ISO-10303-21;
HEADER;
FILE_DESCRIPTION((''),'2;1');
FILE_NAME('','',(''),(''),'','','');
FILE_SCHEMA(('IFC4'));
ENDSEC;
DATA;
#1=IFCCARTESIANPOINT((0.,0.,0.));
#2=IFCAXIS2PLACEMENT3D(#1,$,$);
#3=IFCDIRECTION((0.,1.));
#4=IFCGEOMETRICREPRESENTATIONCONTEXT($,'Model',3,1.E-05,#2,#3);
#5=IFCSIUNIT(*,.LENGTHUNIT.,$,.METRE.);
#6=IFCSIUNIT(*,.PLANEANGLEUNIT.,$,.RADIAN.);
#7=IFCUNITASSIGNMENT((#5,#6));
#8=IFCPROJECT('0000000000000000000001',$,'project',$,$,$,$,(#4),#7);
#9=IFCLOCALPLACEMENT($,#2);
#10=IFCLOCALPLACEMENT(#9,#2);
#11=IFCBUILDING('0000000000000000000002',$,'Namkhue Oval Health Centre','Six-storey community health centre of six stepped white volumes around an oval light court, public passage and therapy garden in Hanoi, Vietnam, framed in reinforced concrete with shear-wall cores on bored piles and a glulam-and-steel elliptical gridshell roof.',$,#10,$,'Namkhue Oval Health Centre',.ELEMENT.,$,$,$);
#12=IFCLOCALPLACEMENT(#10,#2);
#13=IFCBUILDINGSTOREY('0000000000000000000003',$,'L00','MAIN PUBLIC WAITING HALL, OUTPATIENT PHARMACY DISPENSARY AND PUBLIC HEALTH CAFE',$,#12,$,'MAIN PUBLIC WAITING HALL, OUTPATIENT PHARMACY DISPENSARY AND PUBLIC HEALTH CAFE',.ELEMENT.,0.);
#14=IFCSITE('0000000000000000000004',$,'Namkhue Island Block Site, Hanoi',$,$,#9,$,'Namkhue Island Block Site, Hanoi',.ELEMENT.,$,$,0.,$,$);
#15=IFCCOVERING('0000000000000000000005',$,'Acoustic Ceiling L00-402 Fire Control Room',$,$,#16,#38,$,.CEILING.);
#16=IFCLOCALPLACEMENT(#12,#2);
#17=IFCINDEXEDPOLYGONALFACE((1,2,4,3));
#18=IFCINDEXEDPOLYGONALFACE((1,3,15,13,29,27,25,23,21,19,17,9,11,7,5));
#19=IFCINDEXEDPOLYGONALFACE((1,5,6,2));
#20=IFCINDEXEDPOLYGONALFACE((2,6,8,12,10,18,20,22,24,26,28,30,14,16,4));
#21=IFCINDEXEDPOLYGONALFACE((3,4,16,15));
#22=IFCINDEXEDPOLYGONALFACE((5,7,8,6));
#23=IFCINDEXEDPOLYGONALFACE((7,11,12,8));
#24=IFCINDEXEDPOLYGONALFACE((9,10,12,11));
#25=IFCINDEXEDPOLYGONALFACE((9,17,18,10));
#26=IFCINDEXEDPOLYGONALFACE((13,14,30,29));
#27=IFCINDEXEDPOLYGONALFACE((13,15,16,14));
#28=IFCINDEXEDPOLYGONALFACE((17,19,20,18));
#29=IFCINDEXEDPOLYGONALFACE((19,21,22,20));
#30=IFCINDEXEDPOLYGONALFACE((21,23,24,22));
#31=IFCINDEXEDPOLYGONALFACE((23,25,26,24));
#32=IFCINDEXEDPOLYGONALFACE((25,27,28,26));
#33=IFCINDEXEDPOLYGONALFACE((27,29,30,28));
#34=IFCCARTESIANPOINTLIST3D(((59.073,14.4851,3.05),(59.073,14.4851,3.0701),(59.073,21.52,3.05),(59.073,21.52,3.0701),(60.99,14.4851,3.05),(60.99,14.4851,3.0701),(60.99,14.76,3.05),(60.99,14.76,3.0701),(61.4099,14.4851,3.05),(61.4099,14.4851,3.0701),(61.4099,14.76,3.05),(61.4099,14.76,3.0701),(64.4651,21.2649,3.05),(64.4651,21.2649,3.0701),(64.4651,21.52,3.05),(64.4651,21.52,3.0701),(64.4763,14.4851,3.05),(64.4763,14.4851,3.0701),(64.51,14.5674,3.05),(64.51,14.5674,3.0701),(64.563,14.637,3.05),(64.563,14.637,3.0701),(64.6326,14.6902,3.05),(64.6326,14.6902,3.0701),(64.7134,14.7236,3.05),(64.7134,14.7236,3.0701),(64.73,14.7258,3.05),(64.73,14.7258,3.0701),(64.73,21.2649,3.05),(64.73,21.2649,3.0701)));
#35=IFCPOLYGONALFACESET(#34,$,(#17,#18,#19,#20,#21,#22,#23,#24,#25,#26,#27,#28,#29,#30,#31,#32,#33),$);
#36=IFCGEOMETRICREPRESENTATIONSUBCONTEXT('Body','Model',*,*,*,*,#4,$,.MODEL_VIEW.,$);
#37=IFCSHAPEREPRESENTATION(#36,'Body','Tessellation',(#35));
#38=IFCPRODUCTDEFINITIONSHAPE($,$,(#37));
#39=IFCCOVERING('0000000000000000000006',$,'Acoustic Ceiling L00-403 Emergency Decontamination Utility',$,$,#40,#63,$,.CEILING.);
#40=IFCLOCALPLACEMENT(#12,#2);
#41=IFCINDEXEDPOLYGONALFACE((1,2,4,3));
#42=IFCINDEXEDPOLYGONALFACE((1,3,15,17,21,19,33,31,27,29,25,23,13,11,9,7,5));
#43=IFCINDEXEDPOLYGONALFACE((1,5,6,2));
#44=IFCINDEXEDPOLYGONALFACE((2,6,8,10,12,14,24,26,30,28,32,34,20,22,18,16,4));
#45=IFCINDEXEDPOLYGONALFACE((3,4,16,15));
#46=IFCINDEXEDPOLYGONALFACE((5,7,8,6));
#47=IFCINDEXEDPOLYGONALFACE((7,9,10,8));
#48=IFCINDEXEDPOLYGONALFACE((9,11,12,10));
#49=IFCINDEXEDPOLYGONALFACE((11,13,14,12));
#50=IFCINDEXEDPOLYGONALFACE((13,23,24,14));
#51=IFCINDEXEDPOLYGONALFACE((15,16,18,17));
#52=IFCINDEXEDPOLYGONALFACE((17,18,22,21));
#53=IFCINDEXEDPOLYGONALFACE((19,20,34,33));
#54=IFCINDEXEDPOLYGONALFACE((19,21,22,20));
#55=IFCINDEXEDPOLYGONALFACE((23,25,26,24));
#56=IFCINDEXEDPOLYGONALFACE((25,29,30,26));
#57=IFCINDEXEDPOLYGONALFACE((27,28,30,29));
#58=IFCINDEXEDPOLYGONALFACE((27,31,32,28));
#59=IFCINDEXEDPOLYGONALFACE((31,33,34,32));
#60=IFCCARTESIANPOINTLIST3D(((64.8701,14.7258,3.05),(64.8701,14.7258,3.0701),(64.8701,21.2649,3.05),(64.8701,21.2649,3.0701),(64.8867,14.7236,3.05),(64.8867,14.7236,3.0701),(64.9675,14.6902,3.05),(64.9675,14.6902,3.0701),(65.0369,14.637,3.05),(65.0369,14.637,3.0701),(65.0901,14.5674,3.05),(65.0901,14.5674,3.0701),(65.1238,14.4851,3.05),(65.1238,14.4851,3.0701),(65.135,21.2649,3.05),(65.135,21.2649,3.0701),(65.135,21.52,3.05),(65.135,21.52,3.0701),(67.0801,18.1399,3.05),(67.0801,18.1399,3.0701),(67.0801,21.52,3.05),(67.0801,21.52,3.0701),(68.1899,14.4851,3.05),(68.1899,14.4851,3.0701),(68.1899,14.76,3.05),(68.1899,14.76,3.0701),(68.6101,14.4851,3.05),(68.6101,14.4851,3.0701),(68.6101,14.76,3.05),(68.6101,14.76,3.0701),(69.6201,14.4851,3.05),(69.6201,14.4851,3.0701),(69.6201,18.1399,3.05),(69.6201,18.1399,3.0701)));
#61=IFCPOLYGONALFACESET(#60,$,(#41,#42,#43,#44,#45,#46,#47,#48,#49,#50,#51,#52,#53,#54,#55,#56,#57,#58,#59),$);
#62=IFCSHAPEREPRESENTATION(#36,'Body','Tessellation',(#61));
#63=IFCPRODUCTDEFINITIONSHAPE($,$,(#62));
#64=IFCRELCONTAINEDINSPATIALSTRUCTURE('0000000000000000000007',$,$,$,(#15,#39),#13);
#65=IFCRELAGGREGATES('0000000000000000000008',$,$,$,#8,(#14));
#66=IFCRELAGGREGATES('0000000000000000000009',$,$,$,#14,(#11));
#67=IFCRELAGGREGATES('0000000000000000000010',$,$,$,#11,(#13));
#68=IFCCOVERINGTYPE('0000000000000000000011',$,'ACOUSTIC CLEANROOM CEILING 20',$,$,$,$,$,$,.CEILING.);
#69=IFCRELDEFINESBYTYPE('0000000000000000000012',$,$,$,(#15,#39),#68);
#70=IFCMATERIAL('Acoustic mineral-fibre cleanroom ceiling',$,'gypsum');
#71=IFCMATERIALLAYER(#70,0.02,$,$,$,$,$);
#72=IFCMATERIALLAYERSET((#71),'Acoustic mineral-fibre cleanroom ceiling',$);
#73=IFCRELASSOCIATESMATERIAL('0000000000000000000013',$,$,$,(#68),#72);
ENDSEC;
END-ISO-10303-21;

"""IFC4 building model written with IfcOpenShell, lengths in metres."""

from ifc_helpers import new_model, si_unit, direction, frame, origin, place, context, subcontext, project, spatial, polyline, outline, extrude, material, layer, layer_set, type_object, element, save


model = new_model("IFC4")

# Units and contexts
model_context = context("Model", 3, precision=1e-05, world=origin(), true_north=direction((0.0, 1.0)))
body_context = subcontext(model_context, "Body", "Model", "MODEL_VIEW")
ifc_project = project(units=[si_unit("LENGTHUNIT", "METRE"), si_unit("PLANEANGLEUNIT", "RADIAN")], contexts=[model_context])

# Site, building, storey
site_placement = place(None, origin())
site = spatial("IfcSite", under=ifc_project, at=site_placement, Name="Namkhue Island Block Site, Hanoi", LongName="Namkhue Island Block Site, Hanoi", CompositionType="ELEMENT", RefElevation=0.0)
building_placement = place(site_placement, origin())
building = spatial("IfcBuilding", under=site, at=building_placement, Name="Namkhue Oval Health Centre", Description="Six-storey community health centre of six stepped white volumes around an oval light court, public passage and therapy garden in Hanoi, Vietnam, framed in reinforced concrete with shear-wall cores on bored piles and a glulam-and-steel elliptical gridshell roof.", LongName="Namkhue Oval Health Centre", CompositionType="ELEMENT")
storey_placement = place(building_placement, origin())
storey = spatial("IfcBuildingStorey", under=building, at=storey_placement, Name="L00", Description="MAIN PUBLIC WAITING HALL, OUTPATIENT PHARMACY DISPENSARY AND PUBLIC HEALTH CAFE", LongName="MAIN PUBLIC WAITING HALL, OUTPATIENT PHARMACY DISPENSARY AND PUBLIC HEALTH CAFE", CompositionType="ELEMENT", Elevation=0.0)

# Coverings
ifc_material = material(Name="Acoustic mineral-fibre cleanroom ceiling", Category="gypsum")
ifc_layer = layer(ifc_material, 0.02)
ifc_layer_set = layer_set([ifc_layer], Name="Acoustic mineral-fibre cleanroom ceiling")
covering_type = type_object("IfcCoveringType", Name="ACOUSTIC CLEANROOM CEILING 20", PredefinedType="CEILING", material=ifc_layer_set)
covering_1_placement = place(storey_placement, frame((0.0, 0.0, 3.05)))
element("IfcCovering", 1, at=covering_1_placement, inside=storey, type_object=covering_type, Name="Acoustic Ceiling L00-402 Fire Control Room", PredefinedType="CEILING", context=body_context, shape_type="SweptSolid", body=[
    extrude(outline(polyline([(61.4099, 14.4851), (61.4099, 14.76), (60.99, 14.76), (60.99, 14.4851), (59.073, 14.4851), (59.073, 21.52), (64.4651, 21.52), (64.4651, 21.2649), (64.73, 21.2649), (64.73, 14.7258), (64.7134, 14.7236), (64.6326, 14.6902), (64.563, 14.637), (64.51, 14.5674), (64.4763, 14.4851), (61.4099, 14.4851)])), origin(), (0.0, 0.0, 1.0), 0.02),
])
covering_2_placement = place(storey_placement, frame((0.0, 0.0, 3.05)))
element("IfcCovering", 2, at=covering_2_placement, inside=storey, type_object=covering_type, Name="Acoustic Ceiling L00-403 Emergency Decontamination Utility", PredefinedType="CEILING", context=body_context, shape_type="SweptSolid", body=[
    extrude(outline(polyline([(67.0801, 21.52), (67.0801, 18.1399), (69.6201, 18.1399), (69.6201, 14.4851), (68.6101, 14.4851), (68.6101, 14.76), (68.1899, 14.76), (68.1899, 14.4851), (65.1238, 14.4851), (65.0901, 14.5674), (65.0369, 14.637), (64.9675, 14.6902), (64.8867, 14.7236), (64.8701, 14.7258), (64.8701, 21.2649), (65.135, 21.2649), (65.135, 21.52), (67.0801, 21.52)])), origin(), (0.0, 0.0, 1.0), 0.02),
])

save(model, "model.ifc")
